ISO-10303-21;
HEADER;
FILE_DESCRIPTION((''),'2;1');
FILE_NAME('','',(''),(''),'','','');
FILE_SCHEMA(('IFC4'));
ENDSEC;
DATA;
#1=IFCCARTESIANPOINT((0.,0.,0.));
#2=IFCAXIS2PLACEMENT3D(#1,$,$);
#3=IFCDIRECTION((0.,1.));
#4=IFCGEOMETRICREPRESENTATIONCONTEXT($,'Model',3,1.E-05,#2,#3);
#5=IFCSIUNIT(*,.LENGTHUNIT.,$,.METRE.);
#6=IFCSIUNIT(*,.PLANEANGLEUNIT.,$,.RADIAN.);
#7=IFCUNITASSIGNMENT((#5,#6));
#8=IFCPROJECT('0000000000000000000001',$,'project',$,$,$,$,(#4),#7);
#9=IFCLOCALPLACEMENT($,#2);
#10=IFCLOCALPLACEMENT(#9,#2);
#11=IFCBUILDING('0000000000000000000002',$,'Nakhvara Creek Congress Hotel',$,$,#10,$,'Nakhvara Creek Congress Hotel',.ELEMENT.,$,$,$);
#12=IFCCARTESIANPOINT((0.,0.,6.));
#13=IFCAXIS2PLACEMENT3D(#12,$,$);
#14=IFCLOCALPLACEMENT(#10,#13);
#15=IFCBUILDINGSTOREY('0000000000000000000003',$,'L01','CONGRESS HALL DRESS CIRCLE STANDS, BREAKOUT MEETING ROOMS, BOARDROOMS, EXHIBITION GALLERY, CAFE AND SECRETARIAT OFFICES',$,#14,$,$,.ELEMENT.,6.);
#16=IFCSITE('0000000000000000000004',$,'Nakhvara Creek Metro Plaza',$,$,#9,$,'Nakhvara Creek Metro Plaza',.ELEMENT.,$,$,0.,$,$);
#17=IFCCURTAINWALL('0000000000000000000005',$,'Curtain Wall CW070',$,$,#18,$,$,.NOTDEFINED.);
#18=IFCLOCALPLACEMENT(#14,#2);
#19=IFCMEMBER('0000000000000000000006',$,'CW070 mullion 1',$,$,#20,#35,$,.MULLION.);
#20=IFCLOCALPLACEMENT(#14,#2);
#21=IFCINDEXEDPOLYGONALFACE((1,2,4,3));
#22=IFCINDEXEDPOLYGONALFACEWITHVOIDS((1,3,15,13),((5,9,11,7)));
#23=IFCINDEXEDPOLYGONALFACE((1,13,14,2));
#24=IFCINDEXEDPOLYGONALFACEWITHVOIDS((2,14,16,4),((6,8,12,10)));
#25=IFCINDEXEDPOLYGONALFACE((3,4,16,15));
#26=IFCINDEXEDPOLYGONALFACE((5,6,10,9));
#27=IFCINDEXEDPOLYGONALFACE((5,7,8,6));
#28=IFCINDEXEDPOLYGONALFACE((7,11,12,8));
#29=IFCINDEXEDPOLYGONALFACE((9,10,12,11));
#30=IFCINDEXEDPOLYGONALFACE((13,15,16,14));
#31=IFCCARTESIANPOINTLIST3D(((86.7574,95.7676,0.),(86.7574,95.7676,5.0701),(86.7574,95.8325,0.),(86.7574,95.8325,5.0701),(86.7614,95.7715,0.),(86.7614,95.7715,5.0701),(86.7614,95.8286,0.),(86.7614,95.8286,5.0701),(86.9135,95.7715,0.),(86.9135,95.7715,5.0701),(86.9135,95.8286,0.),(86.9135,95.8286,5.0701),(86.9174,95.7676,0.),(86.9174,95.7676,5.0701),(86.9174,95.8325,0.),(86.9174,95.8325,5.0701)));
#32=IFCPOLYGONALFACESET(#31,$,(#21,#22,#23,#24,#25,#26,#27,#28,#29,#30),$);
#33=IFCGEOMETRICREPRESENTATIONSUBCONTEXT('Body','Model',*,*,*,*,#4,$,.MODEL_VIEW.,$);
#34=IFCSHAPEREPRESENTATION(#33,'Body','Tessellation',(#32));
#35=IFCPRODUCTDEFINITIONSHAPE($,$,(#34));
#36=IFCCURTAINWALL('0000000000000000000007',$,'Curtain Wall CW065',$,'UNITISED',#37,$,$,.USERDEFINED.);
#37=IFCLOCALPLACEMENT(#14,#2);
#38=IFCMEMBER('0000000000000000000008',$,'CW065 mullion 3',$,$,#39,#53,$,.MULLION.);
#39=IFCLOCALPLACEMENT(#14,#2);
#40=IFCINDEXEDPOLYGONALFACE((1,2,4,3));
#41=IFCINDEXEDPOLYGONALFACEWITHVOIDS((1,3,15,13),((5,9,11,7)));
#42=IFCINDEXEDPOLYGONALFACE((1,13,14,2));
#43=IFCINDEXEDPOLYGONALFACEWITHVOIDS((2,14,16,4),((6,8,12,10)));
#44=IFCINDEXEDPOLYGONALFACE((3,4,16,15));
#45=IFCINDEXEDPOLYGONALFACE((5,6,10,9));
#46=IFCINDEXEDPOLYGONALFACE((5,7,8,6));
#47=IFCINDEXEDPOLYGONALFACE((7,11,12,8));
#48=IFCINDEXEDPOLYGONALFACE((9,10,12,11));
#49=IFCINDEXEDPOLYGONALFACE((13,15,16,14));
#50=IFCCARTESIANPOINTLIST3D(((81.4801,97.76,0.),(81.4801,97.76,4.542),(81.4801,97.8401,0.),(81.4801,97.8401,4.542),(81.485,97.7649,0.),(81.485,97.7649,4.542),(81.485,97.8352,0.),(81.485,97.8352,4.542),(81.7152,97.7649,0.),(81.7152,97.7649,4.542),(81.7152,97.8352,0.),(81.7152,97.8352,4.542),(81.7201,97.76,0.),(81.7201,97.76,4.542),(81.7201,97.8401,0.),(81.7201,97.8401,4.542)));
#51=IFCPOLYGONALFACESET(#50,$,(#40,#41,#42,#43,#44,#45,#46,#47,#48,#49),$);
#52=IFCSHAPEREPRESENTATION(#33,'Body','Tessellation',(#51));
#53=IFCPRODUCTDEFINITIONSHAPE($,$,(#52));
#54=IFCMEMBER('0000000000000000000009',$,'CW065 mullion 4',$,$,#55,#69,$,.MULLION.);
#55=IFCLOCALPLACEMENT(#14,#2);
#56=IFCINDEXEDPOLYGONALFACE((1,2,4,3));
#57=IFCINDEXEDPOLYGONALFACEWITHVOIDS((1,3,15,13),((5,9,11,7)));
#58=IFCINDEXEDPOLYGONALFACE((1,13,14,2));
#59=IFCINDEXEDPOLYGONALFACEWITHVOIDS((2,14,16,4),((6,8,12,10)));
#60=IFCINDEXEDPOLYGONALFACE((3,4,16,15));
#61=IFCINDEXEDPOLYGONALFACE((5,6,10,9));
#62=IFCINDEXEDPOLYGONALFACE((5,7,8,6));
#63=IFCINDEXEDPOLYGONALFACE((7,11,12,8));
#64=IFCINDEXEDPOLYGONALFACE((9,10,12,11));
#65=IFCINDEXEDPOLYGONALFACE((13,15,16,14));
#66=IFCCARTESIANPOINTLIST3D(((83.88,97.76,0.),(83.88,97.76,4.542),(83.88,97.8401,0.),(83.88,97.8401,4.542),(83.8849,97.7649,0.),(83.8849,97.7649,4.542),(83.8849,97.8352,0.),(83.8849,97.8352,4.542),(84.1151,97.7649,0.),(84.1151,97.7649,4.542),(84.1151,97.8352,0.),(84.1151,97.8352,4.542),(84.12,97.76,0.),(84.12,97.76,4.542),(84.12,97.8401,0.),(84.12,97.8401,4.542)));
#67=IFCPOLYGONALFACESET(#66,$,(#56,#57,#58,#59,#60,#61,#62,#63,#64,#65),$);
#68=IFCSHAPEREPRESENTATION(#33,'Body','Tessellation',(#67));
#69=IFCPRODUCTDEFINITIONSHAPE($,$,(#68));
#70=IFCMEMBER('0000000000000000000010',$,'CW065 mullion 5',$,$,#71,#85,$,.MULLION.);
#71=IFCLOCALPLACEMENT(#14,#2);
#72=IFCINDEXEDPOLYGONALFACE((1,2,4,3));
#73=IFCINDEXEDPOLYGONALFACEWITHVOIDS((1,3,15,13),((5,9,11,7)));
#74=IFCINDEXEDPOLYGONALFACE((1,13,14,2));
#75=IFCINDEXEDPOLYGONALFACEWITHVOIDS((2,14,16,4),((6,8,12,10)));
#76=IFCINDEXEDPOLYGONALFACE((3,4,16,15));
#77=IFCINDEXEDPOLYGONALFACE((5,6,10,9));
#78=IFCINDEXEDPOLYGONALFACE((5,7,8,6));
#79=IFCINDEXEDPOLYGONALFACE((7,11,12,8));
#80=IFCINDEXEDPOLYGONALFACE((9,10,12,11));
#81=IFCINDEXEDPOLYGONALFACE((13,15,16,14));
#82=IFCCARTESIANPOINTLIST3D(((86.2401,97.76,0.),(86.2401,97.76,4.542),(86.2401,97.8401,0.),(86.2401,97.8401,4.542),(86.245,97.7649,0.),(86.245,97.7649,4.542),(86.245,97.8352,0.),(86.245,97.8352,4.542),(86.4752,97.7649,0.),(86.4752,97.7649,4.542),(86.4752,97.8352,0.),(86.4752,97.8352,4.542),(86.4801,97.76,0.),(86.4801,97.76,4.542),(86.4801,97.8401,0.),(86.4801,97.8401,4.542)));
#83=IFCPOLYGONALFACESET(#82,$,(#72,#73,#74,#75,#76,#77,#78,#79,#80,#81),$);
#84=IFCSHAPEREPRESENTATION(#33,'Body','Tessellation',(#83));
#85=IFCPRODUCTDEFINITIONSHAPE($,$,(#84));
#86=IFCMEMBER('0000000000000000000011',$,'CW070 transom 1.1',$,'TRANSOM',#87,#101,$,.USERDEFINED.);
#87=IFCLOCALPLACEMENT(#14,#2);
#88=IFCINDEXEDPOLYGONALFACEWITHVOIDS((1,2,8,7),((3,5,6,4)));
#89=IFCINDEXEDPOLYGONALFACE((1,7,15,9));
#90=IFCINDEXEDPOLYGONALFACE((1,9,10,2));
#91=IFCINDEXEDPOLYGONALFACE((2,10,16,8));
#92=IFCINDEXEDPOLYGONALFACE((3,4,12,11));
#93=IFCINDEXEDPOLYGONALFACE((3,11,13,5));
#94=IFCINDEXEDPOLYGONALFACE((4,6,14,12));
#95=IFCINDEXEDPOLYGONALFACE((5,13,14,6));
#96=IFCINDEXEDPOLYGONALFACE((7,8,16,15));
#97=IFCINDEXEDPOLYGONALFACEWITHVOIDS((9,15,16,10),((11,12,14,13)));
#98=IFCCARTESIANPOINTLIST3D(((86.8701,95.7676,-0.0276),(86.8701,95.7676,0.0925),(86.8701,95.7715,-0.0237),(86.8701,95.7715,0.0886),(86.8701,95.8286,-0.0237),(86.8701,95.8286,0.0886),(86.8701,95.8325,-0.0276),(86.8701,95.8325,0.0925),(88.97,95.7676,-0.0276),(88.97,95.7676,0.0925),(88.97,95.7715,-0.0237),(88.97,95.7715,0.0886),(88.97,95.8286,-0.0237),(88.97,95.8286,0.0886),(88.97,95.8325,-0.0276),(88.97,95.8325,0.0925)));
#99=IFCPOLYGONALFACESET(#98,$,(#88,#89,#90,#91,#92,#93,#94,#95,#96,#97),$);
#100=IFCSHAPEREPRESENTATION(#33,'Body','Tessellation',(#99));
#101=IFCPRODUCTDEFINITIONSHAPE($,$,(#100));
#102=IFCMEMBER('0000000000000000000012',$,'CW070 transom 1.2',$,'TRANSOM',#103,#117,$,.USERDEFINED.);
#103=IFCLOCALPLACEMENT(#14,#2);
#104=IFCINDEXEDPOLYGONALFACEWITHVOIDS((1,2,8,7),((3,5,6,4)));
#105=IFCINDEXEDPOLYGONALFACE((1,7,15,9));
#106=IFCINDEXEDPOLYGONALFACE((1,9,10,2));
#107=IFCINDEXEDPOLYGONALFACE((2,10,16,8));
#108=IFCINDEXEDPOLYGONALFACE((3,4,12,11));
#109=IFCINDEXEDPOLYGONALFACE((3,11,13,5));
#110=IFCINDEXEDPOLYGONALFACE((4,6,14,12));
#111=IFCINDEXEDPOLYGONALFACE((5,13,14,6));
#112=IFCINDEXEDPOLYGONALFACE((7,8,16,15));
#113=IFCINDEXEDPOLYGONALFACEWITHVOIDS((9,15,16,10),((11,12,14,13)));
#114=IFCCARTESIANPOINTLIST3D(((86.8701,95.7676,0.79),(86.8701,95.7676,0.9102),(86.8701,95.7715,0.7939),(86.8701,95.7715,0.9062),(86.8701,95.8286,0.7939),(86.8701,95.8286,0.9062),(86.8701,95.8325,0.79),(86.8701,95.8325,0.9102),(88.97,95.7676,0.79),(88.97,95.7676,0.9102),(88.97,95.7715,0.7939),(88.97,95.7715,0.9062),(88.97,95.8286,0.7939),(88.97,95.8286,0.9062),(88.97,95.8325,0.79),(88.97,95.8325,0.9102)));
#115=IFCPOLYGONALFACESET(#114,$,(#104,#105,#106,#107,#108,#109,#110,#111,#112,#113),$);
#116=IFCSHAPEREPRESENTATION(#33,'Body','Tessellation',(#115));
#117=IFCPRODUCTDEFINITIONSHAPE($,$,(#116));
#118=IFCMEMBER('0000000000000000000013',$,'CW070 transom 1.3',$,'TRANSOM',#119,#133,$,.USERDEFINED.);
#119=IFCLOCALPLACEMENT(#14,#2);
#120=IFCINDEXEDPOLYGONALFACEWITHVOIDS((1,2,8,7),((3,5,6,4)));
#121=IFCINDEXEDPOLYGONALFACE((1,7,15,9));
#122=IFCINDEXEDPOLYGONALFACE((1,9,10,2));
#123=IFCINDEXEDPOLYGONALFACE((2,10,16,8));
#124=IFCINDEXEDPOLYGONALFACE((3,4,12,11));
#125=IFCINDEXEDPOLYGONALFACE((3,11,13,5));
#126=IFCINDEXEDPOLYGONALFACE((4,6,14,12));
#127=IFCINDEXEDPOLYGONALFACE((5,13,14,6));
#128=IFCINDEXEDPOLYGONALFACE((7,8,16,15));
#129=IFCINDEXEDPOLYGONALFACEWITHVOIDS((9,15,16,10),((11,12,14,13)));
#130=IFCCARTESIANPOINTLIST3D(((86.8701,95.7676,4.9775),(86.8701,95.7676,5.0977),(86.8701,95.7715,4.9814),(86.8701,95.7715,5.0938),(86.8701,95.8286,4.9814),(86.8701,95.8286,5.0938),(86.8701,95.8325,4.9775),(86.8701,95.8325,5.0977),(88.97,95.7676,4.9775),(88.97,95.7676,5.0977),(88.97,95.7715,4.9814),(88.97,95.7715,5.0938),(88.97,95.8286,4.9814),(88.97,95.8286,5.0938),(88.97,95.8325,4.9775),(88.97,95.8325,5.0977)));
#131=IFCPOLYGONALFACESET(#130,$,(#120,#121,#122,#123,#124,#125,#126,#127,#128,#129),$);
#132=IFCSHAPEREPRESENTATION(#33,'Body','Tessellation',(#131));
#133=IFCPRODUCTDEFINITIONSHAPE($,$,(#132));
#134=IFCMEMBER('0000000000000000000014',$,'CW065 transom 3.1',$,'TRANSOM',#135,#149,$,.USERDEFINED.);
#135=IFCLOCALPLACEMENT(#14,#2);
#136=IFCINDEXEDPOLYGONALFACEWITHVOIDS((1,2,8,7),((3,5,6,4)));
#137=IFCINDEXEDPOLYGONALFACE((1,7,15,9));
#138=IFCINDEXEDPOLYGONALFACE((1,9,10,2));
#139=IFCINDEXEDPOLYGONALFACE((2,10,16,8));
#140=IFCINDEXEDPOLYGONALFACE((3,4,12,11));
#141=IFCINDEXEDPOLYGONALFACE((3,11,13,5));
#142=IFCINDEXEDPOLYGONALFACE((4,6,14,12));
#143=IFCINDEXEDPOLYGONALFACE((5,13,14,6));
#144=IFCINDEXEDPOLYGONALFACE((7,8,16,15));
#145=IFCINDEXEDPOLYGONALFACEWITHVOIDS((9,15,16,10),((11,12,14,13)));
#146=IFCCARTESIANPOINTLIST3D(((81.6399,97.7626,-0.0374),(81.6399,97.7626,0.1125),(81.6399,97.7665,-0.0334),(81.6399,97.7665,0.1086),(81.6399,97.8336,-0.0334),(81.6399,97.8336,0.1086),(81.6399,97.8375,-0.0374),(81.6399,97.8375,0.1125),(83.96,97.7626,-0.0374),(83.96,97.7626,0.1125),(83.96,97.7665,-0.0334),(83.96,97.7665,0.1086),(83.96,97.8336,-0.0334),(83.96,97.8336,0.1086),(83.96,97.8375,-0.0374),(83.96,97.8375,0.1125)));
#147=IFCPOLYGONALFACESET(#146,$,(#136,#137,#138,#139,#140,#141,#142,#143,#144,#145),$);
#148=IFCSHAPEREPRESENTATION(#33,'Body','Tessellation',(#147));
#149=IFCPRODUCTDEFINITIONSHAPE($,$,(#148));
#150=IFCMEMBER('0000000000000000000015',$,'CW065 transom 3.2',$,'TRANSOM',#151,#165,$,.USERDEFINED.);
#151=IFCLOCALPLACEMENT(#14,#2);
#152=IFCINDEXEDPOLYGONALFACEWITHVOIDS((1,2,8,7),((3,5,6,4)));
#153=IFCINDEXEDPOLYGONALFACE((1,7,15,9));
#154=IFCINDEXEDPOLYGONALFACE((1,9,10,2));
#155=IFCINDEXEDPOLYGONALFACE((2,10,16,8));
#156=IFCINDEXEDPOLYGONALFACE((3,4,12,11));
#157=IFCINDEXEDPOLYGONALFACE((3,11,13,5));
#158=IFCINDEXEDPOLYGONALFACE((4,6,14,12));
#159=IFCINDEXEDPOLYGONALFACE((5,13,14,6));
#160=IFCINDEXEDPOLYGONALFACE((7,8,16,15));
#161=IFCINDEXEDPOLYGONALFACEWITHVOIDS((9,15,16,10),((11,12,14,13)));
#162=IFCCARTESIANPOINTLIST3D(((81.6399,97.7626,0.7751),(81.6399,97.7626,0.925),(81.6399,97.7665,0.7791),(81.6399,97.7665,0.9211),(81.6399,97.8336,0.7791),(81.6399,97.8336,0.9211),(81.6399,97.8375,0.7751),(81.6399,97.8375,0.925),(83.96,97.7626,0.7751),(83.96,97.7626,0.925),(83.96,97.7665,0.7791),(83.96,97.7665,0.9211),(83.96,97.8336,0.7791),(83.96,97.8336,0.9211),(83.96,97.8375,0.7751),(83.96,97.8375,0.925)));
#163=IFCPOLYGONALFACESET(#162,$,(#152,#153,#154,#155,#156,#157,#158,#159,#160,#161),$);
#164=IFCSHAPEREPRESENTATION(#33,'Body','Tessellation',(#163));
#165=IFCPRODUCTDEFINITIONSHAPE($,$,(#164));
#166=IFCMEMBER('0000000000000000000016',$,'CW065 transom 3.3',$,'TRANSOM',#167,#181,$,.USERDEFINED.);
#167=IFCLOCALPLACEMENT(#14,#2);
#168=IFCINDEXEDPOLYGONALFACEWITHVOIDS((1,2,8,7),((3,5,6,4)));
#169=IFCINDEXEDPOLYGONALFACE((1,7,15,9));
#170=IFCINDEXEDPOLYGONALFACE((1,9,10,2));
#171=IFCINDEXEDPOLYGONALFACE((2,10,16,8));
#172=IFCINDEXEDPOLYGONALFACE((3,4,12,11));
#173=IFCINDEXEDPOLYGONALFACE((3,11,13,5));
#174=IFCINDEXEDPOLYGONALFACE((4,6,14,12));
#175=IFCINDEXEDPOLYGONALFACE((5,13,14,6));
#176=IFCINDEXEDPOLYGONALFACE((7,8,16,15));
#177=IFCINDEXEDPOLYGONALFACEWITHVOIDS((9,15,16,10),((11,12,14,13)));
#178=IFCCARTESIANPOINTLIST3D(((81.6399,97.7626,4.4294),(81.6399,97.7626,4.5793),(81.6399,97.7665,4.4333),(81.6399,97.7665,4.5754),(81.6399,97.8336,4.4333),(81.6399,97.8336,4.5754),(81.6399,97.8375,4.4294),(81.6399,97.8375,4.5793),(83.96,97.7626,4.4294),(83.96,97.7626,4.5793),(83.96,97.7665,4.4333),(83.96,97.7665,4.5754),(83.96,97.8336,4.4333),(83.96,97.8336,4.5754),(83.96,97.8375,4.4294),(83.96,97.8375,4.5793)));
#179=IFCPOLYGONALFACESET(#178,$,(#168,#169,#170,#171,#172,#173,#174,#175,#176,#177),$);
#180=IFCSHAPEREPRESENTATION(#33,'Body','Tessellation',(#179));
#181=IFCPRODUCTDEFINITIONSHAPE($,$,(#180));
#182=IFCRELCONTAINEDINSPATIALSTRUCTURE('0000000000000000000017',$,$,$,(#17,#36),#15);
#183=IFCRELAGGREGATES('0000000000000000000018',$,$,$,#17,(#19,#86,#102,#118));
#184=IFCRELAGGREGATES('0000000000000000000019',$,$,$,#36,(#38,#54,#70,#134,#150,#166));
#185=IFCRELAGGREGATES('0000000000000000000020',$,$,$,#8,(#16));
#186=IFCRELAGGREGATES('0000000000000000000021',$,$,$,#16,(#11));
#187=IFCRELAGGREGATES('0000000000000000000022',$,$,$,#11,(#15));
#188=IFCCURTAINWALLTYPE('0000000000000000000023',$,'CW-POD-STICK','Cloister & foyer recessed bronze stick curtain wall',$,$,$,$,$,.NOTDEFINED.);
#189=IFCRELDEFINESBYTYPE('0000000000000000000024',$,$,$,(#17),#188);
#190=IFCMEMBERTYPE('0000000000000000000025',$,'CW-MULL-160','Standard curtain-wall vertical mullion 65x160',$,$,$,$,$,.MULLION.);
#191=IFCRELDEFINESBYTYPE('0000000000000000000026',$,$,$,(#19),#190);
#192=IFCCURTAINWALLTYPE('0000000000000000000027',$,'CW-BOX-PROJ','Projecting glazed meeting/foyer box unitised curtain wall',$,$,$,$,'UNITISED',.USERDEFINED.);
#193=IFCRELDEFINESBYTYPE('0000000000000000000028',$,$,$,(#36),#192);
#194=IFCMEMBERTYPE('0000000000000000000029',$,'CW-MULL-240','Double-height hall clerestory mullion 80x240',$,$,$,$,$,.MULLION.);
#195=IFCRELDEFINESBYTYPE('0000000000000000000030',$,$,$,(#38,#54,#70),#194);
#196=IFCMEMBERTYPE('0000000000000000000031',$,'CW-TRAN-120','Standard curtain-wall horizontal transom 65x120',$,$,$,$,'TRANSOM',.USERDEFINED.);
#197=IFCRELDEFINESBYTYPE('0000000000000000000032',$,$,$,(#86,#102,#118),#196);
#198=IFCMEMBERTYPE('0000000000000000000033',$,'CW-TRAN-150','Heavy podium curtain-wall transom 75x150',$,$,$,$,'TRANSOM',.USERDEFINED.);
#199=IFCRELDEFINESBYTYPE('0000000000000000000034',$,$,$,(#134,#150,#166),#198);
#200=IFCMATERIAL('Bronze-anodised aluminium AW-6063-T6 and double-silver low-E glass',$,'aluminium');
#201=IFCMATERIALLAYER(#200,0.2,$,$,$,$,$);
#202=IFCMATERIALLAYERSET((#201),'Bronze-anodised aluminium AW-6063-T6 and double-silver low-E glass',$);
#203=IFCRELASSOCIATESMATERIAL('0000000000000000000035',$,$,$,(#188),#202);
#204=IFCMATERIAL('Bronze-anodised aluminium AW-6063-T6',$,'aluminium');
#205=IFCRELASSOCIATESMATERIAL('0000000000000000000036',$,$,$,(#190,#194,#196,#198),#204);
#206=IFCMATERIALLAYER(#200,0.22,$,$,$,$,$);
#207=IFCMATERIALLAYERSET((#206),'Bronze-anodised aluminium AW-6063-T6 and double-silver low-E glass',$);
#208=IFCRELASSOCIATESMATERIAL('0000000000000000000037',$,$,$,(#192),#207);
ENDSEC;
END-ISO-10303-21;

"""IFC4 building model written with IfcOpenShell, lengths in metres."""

from ifc_helpers import new_model, si_unit, direction, frame, origin, origin_2d, place, context, subcontext, project, spatial, hollow_rectangle, extrude, material, layer, layer_set, material_profile, profile_set, type_object, element, aggregate, save


model = new_model("IFC4")

# Units and contexts
model_context = context("Model", 3, precision=1e-05, world=origin(), true_north=direction((0.0, 1.0)))
body_context = subcontext(model_context, "Body", "Model", "MODEL_VIEW")
ifc_project = project(units=[si_unit("LENGTHUNIT", "METRE"), si_unit("PLANEANGLEUNIT", "RADIAN")], contexts=[model_context])

# Site, building, storey
site_placement = place(None, origin())
site = spatial("IfcSite", under=ifc_project, at=site_placement, Name="Nakhvara Creek Metro Plaza", LongName="Nakhvara Creek Metro Plaza", CompositionType="ELEMENT", RefElevation=0.0)
building_placement = place(site_placement, origin())
building = spatial("IfcBuilding", under=site, at=building_placement, Name="Nakhvara Creek Congress Hotel", LongName="Nakhvara Creek Congress Hotel", CompositionType="ELEMENT")
storey_placement = place(building_placement, frame((0.0, 0.0, 6.0)))
storey = spatial("IfcBuildingStorey", under=building, at=storey_placement, Name="L01", Description="CONGRESS HALL DRESS CIRCLE STANDS, BREAKOUT MEETING ROOMS, BOARDROOMS, EXHIBITION GALLERY, CAFE AND SECRETARIAT OFFICES", CompositionType="ELEMENT", Elevation=6.0)

# Curtain wall, member
ifc_material_1 = material(Name="Bronze-anodised aluminium AW-6063-T6 and double-silver low-E glass", Category="aluminium")
ifc_layer_1 = layer(ifc_material_1, 0.2)
ifc_layer_set_1 = layer_set([ifc_layer_1], Name="Bronze-anodised aluminium AW-6063-T6 and double-silver low-E glass")
curtain_wall_type_1 = type_object("IfcCurtainWallType", Name="CW-POD-STICK", Description="Cloister & foyer recessed bronze stick curtain wall", PredefinedType="NOTDEFINED", material=ifc_layer_set_1)
curtain_wall_1_placement = place(storey_placement, origin())
curtain_wall_1 = element("IfcCurtainWall", 1, at=curtain_wall_1_placement, inside=storey, type_object=curtain_wall_type_1, Name="Curtain Wall CW070", PredefinedType="NOTDEFINED")
ifc_material_2 = material(Name="Bronze-anodised aluminium AW-6063-T6", Category="aluminium")
ifc_material_profile_1 = material_profile(ifc_material_2, hollow_rectangle(XDim=0.0649, YDim=0.1599, WallThickness=0.0039, at=origin_2d()), Name="ALU-MULL 65x160x4", Category="LoadBearing")
ifc_profile_set_1 = profile_set([ifc_material_profile_1], Name="Bronze-anodised aluminium AW-6063-T6")
member_type_1 = type_object("IfcMemberType", Name="CW-MULL-160", Description="Standard curtain-wall vertical mullion 65x160", PredefinedType="MULLION", material=ifc_profile_set_1)
member_1_placement = place(storey_placement, frame((86.8374, 95.8, 0.0), z_axis=(0.0, 0.0, 1.0), x_axis=(0.0, 1.0, 0.0)))
member_1 = element("IfcMember", 2, at=member_1_placement, type_object=member_type_1, Name="CW070 mullion 1", PredefinedType="MULLION", context=body_context, shape_type="SweptSolid", body=[
    extrude(hollow_rectangle(XDim=0.0649, YDim=0.1599, WallThickness=0.0039, at=origin_2d()), origin(), (0.0, 0.0, 1.0), 5.0701),
])

# Curtain wall, members
ifc_layer_2 = layer(ifc_material_1, 0.22)
ifc_layer_set_2 = layer_set([ifc_layer_2], Name="Bronze-anodised aluminium AW-6063-T6 and double-silver low-E glass")
curtain_wall_type_2 = type_object("IfcCurtainWallType", Name="CW-BOX-PROJ", Description="Projecting glazed meeting/foyer box unitised curtain wall", ElementType="UNITISED", PredefinedType="USERDEFINED", material=ifc_layer_set_2)
curtain_wall_2_placement = place(storey_placement, origin())
curtain_wall_2 = element("IfcCurtainWall", 3, at=curtain_wall_2_placement, inside=storey, type_object=curtain_wall_type_2, Name="Curtain Wall CW065", ObjectType="UNITISED", PredefinedType="USERDEFINED")
ifc_material_profile_2 = material_profile(ifc_material_2, hollow_rectangle(XDim=0.0801, YDim=0.24, WallThickness=0.0049, at=origin_2d()), Name="ALU-MULL 80x240x5", Category="LoadBearing")
ifc_profile_set_2 = profile_set([ifc_material_profile_2], Name="Bronze-anodised aluminium AW-6063-T6")
member_type_2 = type_object("IfcMemberType", Name="CW-MULL-240", Description="Double-height hall clerestory mullion 80x240", PredefinedType="MULLION", material=ifc_profile_set_2)
member_2_placement = place(storey_placement, frame((81.6001, 97.8, 0.0), z_axis=(0.0, 0.0, 1.0), x_axis=(0.0, 1.0, 0.0)))
member_2 = element("IfcMember", 4, at=member_2_placement, type_object=member_type_2, Name="CW065 mullion 3", PredefinedType="MULLION", context=body_context, shape_type="SweptSolid", body=[
    extrude(hollow_rectangle(XDim=0.0801, YDim=0.24, WallThickness=0.0049, at=origin_2d()), origin(), (0.0, 0.0, 1.0), 4.542),
])
member_3_placement = place(storey_placement, frame((84.0, 97.8, 0.0), z_axis=(0.0, 0.0, 1.0), x_axis=(0.0, 1.0, 0.0)))
member_3 = element("IfcMember", 5, at=member_3_placement, type_object=member_type_2, Name="CW065 mullion 4", PredefinedType="MULLION", context=body_context, shape_type="SweptSolid", body=[
    extrude(hollow_rectangle(XDim=0.0801, YDim=0.24, WallThickness=0.0049, at=origin_2d()), origin(), (0.0, 0.0, 1.0), 4.542),
])
member_4_placement = place(storey_placement, frame((86.3601, 97.8, 0.0), z_axis=(0.0, 0.0, 1.0), x_axis=(0.0, 1.0, 0.0)))
member_4 = element("IfcMember", 6, at=member_4_placement, type_object=member_type_2, Name="CW065 mullion 5", PredefinedType="MULLION", context=body_context, shape_type="SweptSolid", body=[
    extrude(hollow_rectangle(XDim=0.0801, YDim=0.24, WallThickness=0.0049, at=origin_2d()), origin(), (0.0, 0.0, 1.0), 4.542),
])

# Members
ifc_material_profile_3 = material_profile(ifc_material_2, hollow_rectangle(XDim=0.0649, YDim=0.1201, WallThickness=0.0039, at=origin_2d()), Name="ALU-TRAN 65x120x4", Category="LoadBearing")
ifc_profile_set_3 = profile_set([ifc_material_profile_3], Name="Bronze-anodised aluminium AW-6063-T6")
member_type_3 = type_object("IfcMemberType", Name="CW-TRAN-120", Description="Standard curtain-wall horizontal transom 65x120", ElementType="TRANSOM", PredefinedType="USERDEFINED", material=ifc_profile_set_3)
member_5_placement = place(storey_placement, frame((86.8701, 95.8, 0.0325), z_axis=(1.0, 0.0, 0.0), x_axis=(0.0, 1.0, 0.0)))
member_5 = element("IfcMember", 7, at=member_5_placement, type_object=member_type_3, Name="CW070 transom 1.1", ObjectType="TRANSOM", PredefinedType="USERDEFINED", context=body_context, shape_type="SweptSolid", body=[
    extrude(hollow_rectangle(XDim=0.0649, YDim=0.1201, WallThickness=0.0039, at=origin_2d()), origin(), (0.0, 0.0, 1.0), 2.0999),
])
member_6_placement = place(storey_placement, frame((86.8701, 95.8, 0.8501), z_axis=(1.0, 0.0, 0.0), x_axis=(0.0, 1.0, 0.0)))
member_6 = element("IfcMember", 8, at=member_6_placement, type_object=member_type_3, Name="CW070 transom 1.2", ObjectType="TRANSOM", PredefinedType="USERDEFINED", context=body_context, shape_type="SweptSolid", body=[
    extrude(hollow_rectangle(XDim=0.0649, YDim=0.1201, WallThickness=0.0039, at=origin_2d()), origin(), (0.0, 0.0, 1.0), 2.0999),
])
member_7_placement = place(storey_placement, frame((86.8701, 95.8, 5.0376), z_axis=(1.0, 0.0, 0.0), x_axis=(0.0, 1.0, 0.0)))
member_7 = element("IfcMember", 9, at=member_7_placement, type_object=member_type_3, Name="CW070 transom 1.3", ObjectType="TRANSOM", PredefinedType="USERDEFINED", context=body_context, shape_type="SweptSolid", body=[
    extrude(hollow_rectangle(XDim=0.0649, YDim=0.1201, WallThickness=0.0039, at=origin_2d()), origin(), (0.0, 0.0, 1.0), 2.0999),
])
aggregate(curtain_wall_1, [member_1, member_5, member_6, member_7])
ifc_material_profile_4 = material_profile(ifc_material_2, hollow_rectangle(XDim=0.075, YDim=0.1499, WallThickness=0.0039, at=origin_2d()), Name="ALU-TRAN 75x150x4", Category="LoadBearing")
ifc_profile_set_4 = profile_set([ifc_material_profile_4], Name="Bronze-anodised aluminium AW-6063-T6")
member_type_4 = type_object("IfcMemberType", Name="CW-TRAN-150", Description="Heavy podium curtain-wall transom 75x150", ElementType="TRANSOM", PredefinedType="USERDEFINED", material=ifc_profile_set_4)
member_8_placement = place(storey_placement, frame((81.6399, 97.8, 0.0376), z_axis=(1.0, 0.0, 0.0), x_axis=(0.0, 1.0, 0.0)))
member_8 = element("IfcMember", 10, at=member_8_placement, type_object=member_type_4, Name="CW065 transom 3.1", ObjectType="TRANSOM", PredefinedType="USERDEFINED", context=body_context, shape_type="SweptSolid", body=[
    extrude(hollow_rectangle(XDim=0.075, YDim=0.1499, WallThickness=0.0039, at=origin_2d()), origin(), (0.0, 0.0, 1.0), 2.3201),
])
member_9_placement = place(storey_placement, frame((81.6399, 97.8, 0.8501), z_axis=(1.0, 0.0, 0.0), x_axis=(0.0, 1.0, 0.0)))
member_9 = element("IfcMember", 11, at=member_9_placement, type_object=member_type_4, Name="CW065 transom 3.2", ObjectType="TRANSOM", PredefinedType="USERDEFINED", context=body_context, shape_type="SweptSolid", body=[
    extrude(hollow_rectangle(XDim=0.075, YDim=0.1499, WallThickness=0.0039, at=origin_2d()), origin(), (0.0, 0.0, 1.0), 2.3201),
])
member_10_placement = place(storey_placement, frame((81.6399, 97.8, 4.5044), z_axis=(1.0, 0.0, 0.0), x_axis=(0.0, 1.0, 0.0)))
member_10 = element("IfcMember", 12, at=member_10_placement, type_object=member_type_4, Name="CW065 transom 3.3", ObjectType="TRANSOM", PredefinedType="USERDEFINED", context=body_context, shape_type="SweptSolid", body=[
    extrude(hollow_rectangle(XDim=0.075, YDim=0.1499, WallThickness=0.0039, at=origin_2d()), origin(), (0.0, 0.0, 1.0), 2.3201),
])

aggregate(curtain_wall_2, [member_2, member_3, member_4, member_8, member_9, member_10])

save(model, "model.ifc")
